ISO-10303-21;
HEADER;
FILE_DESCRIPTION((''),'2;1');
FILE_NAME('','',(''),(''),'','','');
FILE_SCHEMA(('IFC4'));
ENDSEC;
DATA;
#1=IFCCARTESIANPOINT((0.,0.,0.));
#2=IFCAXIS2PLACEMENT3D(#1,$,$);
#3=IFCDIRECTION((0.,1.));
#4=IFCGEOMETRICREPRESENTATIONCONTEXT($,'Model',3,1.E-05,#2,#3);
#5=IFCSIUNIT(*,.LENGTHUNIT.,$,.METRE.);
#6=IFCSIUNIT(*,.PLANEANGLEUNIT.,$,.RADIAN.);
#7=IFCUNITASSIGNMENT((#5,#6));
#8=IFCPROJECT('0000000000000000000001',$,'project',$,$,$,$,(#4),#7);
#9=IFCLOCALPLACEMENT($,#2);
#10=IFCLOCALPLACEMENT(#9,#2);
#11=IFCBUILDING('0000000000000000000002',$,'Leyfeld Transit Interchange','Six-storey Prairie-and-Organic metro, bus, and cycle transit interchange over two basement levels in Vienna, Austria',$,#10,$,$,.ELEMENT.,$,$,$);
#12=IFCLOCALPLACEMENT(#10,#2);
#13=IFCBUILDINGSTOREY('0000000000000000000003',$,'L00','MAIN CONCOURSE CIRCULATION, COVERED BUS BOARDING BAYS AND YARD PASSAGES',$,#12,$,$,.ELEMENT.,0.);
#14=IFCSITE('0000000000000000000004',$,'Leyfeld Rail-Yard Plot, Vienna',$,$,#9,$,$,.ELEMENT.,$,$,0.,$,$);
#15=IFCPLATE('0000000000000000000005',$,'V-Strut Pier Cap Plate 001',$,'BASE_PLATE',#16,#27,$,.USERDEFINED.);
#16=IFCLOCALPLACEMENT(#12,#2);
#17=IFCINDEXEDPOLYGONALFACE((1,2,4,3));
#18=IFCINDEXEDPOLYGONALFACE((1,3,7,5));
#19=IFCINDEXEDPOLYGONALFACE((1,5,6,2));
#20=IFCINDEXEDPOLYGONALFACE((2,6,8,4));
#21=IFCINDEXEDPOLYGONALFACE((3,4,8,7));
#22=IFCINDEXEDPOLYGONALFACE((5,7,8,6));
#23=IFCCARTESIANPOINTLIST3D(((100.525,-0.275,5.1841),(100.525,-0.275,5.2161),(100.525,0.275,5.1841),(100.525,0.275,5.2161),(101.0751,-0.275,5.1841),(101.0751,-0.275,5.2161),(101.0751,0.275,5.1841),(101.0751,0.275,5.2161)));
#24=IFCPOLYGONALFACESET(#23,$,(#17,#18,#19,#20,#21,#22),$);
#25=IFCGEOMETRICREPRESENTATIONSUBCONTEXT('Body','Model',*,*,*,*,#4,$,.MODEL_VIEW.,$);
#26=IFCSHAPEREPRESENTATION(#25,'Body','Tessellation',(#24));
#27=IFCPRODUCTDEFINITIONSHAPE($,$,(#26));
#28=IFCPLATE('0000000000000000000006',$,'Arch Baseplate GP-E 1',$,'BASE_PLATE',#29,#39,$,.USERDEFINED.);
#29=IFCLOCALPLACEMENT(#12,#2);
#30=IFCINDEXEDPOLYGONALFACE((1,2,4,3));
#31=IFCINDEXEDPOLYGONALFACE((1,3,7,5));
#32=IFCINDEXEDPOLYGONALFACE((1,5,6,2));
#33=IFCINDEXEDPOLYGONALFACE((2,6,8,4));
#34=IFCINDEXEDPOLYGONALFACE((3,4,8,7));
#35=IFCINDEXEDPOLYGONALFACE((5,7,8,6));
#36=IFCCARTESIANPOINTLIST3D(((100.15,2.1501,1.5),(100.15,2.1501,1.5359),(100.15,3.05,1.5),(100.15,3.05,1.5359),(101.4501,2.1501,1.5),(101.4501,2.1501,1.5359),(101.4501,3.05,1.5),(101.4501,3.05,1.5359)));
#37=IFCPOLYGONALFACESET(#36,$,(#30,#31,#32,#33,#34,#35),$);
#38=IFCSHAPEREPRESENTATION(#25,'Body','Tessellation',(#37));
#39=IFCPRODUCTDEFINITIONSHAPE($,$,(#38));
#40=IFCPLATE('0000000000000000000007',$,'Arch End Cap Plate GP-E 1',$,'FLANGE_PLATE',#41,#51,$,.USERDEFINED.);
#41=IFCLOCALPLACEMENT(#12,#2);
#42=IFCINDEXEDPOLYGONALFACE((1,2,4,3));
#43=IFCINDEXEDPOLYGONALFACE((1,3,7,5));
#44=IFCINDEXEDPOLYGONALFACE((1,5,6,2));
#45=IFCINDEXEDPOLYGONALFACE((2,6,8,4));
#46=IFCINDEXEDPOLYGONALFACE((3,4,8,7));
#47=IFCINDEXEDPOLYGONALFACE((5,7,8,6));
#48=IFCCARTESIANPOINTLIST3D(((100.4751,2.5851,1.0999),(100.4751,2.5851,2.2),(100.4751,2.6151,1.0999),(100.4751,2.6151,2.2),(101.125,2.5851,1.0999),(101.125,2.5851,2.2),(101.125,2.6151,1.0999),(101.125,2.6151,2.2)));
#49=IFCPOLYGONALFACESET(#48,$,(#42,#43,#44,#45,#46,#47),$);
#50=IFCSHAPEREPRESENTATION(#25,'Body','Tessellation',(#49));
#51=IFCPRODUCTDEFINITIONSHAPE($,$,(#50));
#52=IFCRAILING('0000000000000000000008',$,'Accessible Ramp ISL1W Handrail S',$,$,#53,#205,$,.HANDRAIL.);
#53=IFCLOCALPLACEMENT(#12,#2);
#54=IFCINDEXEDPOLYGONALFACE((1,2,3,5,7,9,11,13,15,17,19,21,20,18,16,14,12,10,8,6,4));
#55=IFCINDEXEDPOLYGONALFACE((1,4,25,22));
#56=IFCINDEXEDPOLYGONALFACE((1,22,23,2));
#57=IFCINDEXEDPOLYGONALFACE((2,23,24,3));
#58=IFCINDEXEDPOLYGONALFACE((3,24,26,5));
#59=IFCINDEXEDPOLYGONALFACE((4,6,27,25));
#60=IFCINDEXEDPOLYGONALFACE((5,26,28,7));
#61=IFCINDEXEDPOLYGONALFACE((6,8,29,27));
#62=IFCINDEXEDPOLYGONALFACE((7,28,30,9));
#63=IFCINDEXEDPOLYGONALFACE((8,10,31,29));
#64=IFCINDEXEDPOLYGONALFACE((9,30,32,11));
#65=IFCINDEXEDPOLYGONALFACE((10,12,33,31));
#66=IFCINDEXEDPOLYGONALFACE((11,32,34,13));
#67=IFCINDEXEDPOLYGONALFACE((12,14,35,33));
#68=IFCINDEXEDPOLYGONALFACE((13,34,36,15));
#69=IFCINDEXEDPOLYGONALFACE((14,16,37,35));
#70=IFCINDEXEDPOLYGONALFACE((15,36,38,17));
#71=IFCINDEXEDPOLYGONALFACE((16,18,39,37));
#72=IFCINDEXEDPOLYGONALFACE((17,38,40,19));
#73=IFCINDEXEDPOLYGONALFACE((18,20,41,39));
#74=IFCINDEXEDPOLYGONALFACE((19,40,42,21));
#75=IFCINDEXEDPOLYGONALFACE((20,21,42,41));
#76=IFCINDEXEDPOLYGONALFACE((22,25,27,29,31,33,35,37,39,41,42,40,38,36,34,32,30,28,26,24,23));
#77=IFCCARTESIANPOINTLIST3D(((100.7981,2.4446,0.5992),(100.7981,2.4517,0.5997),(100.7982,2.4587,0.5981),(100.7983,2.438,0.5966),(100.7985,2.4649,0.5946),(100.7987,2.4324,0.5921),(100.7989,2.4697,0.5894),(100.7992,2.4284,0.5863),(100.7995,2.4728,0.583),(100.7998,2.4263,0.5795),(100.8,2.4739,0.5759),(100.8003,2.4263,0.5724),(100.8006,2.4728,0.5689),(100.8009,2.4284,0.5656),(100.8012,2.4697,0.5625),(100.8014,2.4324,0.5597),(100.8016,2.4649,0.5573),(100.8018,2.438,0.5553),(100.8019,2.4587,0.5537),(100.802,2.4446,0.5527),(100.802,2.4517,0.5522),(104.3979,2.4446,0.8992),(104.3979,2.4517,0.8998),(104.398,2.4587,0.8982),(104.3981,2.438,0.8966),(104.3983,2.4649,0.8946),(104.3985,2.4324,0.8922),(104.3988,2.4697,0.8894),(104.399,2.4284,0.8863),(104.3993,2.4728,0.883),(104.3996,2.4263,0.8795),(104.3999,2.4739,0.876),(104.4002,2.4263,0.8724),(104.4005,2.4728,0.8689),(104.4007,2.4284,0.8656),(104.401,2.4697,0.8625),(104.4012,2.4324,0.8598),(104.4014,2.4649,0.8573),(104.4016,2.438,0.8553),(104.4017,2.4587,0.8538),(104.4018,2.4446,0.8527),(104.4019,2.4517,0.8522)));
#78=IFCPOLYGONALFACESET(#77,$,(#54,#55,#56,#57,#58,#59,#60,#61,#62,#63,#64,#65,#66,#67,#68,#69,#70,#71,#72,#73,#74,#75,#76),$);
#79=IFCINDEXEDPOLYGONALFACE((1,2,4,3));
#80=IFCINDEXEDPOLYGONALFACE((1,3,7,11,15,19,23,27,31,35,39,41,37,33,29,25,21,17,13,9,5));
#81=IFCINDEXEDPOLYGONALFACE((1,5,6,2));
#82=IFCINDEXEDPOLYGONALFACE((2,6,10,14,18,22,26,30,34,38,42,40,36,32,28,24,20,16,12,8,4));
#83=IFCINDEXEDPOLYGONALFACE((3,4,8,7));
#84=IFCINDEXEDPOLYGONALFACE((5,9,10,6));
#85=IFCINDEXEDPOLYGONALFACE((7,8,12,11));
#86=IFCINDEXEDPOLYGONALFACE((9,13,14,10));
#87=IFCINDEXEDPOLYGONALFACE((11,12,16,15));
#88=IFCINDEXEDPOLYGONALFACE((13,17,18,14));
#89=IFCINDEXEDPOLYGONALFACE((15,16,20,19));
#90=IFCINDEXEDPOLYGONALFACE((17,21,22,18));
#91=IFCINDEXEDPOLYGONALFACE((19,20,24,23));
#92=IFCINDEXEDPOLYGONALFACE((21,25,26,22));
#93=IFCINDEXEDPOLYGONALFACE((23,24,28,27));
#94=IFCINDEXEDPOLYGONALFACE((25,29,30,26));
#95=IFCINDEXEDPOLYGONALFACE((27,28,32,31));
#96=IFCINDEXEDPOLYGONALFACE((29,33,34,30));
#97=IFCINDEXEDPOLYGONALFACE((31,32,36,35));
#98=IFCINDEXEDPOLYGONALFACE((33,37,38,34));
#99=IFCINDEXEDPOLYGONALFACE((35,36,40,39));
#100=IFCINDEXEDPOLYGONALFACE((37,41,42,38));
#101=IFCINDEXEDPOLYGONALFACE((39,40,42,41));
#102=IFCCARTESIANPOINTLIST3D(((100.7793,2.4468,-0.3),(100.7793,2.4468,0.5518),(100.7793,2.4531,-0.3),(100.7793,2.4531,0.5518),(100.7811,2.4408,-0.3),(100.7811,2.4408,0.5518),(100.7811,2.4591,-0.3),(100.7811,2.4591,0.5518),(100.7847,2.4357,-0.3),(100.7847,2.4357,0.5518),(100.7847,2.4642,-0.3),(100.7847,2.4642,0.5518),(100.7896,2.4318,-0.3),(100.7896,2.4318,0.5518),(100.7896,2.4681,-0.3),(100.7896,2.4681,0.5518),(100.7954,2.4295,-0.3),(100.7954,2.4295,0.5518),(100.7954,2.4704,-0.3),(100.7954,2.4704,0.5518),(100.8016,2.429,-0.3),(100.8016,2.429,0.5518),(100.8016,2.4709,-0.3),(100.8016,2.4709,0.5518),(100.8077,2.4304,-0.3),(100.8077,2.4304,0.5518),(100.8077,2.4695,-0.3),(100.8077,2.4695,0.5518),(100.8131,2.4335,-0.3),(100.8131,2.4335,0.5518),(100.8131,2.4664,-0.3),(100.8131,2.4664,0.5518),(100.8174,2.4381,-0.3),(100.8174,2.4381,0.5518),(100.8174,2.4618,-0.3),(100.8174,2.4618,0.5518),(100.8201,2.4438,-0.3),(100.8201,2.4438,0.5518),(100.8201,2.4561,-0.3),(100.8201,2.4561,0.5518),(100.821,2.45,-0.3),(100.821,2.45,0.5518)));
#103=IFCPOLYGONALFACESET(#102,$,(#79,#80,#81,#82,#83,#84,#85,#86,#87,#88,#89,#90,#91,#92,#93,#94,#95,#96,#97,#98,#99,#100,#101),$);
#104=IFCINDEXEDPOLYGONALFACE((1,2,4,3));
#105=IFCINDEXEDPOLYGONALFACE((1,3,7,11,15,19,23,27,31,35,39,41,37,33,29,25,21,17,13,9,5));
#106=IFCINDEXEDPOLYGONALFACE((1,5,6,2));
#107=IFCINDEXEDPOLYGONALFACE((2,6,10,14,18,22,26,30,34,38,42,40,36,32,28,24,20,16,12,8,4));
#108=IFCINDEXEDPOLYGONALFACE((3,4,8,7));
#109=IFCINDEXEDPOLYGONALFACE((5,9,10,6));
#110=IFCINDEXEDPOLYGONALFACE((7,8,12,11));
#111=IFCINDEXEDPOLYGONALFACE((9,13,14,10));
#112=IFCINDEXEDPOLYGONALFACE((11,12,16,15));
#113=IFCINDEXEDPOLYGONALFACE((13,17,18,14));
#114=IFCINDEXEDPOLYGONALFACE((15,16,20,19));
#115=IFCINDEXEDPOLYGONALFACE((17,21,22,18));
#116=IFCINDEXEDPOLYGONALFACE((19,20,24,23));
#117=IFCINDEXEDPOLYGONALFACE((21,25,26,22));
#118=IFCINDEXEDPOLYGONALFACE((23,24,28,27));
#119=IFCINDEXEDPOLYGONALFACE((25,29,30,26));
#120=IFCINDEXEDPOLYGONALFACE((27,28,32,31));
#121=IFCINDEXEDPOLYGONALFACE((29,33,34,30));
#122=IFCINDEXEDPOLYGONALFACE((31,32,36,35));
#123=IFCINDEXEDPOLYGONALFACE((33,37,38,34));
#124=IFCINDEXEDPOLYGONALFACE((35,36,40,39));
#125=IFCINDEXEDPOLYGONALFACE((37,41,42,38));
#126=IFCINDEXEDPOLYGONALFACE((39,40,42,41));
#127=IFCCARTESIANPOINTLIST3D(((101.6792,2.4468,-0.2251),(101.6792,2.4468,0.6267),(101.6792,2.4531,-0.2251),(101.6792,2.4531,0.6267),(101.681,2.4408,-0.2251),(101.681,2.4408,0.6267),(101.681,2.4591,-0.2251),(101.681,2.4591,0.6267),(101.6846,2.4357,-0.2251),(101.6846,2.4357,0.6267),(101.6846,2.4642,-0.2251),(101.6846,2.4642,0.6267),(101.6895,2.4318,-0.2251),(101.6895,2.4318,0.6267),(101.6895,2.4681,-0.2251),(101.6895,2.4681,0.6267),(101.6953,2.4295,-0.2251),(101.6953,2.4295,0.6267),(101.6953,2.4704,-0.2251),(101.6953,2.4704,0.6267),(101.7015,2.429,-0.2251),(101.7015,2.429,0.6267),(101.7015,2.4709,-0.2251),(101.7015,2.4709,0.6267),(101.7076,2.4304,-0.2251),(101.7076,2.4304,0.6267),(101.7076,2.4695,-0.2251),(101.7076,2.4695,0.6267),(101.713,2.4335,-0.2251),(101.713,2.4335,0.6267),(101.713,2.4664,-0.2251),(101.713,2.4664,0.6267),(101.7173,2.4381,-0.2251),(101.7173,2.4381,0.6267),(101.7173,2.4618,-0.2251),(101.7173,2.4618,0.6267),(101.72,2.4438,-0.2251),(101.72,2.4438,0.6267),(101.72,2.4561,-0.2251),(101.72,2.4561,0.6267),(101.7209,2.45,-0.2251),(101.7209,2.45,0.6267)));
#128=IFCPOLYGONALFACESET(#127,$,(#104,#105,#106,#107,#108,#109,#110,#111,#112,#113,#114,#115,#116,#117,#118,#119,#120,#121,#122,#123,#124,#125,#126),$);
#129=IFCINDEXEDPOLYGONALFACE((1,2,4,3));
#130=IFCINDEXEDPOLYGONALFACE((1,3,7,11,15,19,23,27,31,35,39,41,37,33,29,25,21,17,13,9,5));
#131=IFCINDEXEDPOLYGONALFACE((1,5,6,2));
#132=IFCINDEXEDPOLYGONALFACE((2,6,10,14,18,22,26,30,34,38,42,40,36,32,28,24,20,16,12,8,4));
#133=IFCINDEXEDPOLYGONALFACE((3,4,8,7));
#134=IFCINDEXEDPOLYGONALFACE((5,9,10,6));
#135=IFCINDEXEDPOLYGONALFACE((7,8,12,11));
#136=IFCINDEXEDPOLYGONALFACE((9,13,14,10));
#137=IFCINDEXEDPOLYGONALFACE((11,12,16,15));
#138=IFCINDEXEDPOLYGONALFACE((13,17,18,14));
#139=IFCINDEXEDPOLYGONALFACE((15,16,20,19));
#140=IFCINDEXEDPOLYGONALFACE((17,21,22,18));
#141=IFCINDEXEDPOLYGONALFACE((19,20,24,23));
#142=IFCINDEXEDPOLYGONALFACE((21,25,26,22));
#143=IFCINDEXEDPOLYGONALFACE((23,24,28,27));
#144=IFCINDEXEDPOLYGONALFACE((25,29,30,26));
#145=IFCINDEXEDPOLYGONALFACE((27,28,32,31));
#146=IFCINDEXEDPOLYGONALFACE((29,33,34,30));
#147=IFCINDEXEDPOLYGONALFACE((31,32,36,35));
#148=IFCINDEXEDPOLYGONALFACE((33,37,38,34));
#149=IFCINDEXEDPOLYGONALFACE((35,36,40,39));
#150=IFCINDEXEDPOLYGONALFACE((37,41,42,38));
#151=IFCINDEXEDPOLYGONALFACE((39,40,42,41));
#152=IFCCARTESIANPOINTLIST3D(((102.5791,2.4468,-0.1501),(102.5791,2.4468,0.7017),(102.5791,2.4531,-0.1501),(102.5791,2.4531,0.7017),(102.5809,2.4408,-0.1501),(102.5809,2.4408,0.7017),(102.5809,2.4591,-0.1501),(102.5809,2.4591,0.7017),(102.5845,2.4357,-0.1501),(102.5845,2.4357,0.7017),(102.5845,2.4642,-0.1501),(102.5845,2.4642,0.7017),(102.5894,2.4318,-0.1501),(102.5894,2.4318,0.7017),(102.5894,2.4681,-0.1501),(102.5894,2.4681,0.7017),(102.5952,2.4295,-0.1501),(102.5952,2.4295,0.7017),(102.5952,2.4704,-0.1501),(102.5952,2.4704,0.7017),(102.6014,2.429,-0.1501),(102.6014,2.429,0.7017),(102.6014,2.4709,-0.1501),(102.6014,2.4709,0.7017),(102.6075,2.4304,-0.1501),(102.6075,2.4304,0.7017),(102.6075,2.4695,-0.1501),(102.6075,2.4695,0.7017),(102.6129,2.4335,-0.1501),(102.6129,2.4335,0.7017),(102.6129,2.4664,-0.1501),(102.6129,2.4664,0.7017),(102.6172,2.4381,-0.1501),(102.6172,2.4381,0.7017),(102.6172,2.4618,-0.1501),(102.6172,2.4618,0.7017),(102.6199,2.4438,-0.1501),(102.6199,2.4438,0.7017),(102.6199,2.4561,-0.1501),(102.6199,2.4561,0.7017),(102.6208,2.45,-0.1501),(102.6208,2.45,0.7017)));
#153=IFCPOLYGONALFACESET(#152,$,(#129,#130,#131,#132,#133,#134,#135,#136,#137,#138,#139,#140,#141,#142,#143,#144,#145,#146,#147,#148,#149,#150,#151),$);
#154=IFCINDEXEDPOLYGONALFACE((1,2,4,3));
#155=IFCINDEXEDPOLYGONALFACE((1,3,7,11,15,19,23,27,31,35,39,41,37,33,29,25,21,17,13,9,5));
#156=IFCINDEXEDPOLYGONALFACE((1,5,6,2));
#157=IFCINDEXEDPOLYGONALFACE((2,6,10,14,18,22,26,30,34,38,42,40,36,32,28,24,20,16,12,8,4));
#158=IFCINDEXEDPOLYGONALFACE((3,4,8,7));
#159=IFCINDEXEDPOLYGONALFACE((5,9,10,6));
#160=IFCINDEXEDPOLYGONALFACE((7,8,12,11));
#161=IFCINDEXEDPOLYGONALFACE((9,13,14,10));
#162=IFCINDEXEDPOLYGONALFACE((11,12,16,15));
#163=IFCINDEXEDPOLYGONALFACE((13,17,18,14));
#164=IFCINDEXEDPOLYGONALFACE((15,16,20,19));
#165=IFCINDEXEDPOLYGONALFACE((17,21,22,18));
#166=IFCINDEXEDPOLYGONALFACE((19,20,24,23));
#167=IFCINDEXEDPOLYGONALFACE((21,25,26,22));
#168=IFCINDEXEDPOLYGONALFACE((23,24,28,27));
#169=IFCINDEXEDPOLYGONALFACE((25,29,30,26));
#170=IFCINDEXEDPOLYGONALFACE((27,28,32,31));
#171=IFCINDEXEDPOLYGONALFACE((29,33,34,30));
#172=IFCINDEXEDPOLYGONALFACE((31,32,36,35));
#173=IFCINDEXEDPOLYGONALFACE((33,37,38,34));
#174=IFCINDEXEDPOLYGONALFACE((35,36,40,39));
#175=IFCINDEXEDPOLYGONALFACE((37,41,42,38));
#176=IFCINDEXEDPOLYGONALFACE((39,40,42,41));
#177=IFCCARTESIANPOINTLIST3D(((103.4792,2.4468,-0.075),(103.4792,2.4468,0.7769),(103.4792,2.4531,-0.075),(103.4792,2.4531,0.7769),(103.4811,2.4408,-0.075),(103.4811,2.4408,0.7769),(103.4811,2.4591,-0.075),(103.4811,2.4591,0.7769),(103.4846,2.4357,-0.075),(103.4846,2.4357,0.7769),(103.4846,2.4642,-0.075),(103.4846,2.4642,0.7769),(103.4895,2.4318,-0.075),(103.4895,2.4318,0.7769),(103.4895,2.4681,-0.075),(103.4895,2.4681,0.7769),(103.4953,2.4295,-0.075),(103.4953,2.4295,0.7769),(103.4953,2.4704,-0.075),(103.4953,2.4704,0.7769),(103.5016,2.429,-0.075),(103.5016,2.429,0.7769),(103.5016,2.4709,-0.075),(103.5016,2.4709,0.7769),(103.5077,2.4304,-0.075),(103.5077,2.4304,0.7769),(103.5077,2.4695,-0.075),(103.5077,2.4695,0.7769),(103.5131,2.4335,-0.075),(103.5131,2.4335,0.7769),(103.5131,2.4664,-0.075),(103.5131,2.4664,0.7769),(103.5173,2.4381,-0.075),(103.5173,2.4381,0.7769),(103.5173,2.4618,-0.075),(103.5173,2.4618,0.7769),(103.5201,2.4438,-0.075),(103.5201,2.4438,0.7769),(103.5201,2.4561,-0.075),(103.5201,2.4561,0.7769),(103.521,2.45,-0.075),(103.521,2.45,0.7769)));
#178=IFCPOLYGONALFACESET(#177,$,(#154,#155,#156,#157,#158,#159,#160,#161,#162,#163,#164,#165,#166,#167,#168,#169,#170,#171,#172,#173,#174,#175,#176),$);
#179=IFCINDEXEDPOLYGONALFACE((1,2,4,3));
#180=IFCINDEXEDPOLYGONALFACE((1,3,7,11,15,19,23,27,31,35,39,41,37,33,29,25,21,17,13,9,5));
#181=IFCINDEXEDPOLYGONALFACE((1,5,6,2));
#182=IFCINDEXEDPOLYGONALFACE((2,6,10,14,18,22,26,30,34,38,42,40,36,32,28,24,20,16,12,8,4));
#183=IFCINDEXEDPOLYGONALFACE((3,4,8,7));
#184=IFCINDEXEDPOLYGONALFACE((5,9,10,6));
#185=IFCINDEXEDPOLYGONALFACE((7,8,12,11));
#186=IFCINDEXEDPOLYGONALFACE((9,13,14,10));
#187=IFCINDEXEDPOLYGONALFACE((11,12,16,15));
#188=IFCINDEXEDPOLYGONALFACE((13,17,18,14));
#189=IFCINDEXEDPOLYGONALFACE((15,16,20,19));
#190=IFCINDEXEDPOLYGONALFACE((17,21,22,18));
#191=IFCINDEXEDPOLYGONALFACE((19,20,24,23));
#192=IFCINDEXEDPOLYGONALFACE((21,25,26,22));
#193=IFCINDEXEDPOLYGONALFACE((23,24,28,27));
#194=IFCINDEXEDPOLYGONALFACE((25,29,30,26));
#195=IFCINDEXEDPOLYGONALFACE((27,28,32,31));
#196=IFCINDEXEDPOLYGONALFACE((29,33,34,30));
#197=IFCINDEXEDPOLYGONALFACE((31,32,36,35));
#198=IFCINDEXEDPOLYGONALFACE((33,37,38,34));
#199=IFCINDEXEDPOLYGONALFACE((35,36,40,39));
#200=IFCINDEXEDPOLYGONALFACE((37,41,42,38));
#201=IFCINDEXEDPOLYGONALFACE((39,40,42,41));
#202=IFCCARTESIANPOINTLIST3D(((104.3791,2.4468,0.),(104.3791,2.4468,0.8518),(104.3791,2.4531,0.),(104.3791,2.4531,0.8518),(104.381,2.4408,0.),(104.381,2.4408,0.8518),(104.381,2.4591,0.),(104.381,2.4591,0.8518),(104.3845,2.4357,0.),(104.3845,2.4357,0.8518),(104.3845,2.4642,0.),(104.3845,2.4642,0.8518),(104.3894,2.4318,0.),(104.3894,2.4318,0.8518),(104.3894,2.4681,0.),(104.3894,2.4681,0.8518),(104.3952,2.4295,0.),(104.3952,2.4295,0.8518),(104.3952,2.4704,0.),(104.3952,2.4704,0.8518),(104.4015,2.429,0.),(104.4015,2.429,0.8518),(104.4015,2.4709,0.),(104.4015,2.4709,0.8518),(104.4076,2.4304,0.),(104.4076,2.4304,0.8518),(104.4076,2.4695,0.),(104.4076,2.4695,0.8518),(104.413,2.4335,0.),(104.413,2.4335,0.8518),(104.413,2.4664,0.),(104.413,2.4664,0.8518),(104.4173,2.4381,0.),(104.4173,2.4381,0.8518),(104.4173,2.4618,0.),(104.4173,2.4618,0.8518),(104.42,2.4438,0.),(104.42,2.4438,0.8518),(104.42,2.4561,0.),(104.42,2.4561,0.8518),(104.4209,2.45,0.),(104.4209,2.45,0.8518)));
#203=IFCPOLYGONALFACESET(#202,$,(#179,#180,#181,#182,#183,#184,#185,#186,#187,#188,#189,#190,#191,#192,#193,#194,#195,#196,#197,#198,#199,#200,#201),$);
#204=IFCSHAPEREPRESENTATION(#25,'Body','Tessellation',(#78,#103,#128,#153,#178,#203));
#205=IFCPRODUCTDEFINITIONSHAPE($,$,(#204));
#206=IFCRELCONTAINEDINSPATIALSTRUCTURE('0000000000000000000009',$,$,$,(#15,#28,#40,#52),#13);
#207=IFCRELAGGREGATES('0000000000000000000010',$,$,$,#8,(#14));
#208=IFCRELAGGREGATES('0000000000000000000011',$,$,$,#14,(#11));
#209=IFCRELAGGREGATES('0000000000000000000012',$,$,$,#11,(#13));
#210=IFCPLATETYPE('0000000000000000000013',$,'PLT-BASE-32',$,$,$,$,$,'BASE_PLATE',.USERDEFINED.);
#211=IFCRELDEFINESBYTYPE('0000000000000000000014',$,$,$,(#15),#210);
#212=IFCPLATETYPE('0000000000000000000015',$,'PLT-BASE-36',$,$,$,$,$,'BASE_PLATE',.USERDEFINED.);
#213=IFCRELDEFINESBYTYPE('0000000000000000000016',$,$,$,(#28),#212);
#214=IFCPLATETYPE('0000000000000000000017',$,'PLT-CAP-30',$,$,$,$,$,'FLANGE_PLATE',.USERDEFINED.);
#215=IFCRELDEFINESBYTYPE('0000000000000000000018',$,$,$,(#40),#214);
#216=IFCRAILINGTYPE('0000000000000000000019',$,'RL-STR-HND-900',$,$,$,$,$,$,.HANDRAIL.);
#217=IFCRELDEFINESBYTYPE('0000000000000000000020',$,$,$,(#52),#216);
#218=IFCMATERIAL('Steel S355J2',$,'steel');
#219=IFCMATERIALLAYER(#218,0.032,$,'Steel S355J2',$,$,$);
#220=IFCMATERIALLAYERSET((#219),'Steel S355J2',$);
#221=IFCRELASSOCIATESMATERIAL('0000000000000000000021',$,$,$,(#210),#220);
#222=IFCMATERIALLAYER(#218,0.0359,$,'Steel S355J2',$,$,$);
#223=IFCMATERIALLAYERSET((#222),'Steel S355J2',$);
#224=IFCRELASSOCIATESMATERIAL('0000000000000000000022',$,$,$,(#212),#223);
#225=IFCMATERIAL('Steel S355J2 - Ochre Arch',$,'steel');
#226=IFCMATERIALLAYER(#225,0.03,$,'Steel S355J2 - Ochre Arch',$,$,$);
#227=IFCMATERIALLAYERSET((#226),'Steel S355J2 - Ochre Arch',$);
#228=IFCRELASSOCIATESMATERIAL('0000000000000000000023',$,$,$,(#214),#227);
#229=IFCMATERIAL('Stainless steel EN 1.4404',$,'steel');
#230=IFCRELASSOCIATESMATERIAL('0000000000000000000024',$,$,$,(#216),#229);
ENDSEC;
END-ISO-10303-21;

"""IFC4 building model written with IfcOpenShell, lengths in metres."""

from ifc_helpers import new_model, si_unit, direction, frame, origin, origin_2d, place, context, subcontext, project, spatial, rectangle, circle, extrude, material, layer, layer_set, type_object, element, save


model = new_model("IFC4")

# Units and contexts
model_context = context("Model", 3, precision=1e-05, world=origin(), true_north=direction((0.0, 1.0)))
body_context = subcontext(model_context, "Body", "Model", "MODEL_VIEW")
ifc_project = project(units=[si_unit("LENGTHUNIT", "METRE"), si_unit("PLANEANGLEUNIT", "RADIAN")], contexts=[model_context])

# Site, building, storey
site_placement = place(None, origin())
site = spatial("IfcSite", under=ifc_project, at=site_placement, Name="Leyfeld Rail-Yard Plot, Vienna", CompositionType="ELEMENT", RefElevation=0.0)
building_placement = place(site_placement, origin())
building = spatial("IfcBuilding", under=site, at=building_placement, Name="Leyfeld Transit Interchange", Description="Six-storey Prairie-and-Organic metro, bus, and cycle transit interchange over two basement levels in Vienna, Austria", CompositionType="ELEMENT")
storey_placement = place(building_placement, origin())
storey = spatial("IfcBuildingStorey", under=building, at=storey_placement, Name="L00", Description="MAIN CONCOURSE CIRCULATION, COVERED BUS BOARDING BAYS AND YARD PASSAGES", CompositionType="ELEMENT", Elevation=0.0)

# Shared definitions
ifc_material_1 = material(Name="Steel S355J2", Category="steel")

# Plates
ifc_layer_1 = layer(ifc_material_1, 0.032, Name="Steel S355J2")
ifc_layer_set_1 = layer_set([ifc_layer_1], Name="Steel S355J2")
plate_type_1 = type_object("IfcPlateType", Name="PLT-BASE-32", ElementType="BASE_PLATE", PredefinedType="USERDEFINED", material=ifc_layer_set_1)
plate_1_placement = place(storey_placement, frame((100.8, 0.0, 5.1841), z_axis=(0.0, 0.0, 1.0), x_axis=(1.0, 0.0, 0.0)))
element("IfcPlate", 1, at=plate_1_placement, inside=storey, type_object=plate_type_1, Name="V-Strut Pier Cap Plate 001", ObjectType="BASE_PLATE", PredefinedType="USERDEFINED", context=body_context, shape_type="SweptSolid", body=[
    extrude(rectangle(XDim=0.55, YDim=0.55, at=origin_2d()), origin(), (0.0, 0.0, 1.0), 0.032),
])
ifc_layer_2 = layer(ifc_material_1, 0.0359, Name="Steel S355J2")
ifc_layer_set_2 = layer_set([ifc_layer_2], Name="Steel S355J2")
plate_type_2 = type_object("IfcPlateType", Name="PLT-BASE-36", ElementType="BASE_PLATE", PredefinedType="USERDEFINED", material=ifc_layer_set_2)
plate_2_placement = place(storey_placement, frame((100.8, 2.6001, 1.5), z_axis=(0.0, 0.0, 1.0), x_axis=(1.0, 0.0, 0.0)))
element("IfcPlate", 2, at=plate_2_placement, inside=storey, type_object=plate_type_2, Name="Arch Baseplate GP-E 1", ObjectType="BASE_PLATE", PredefinedType="USERDEFINED", context=body_context, shape_type="SweptSolid", body=[
    extrude(rectangle(XDim=1.3, YDim=0.8999, at=origin_2d()), origin(), (0.0, 0.0, 1.0), 0.0359),
])
ifc_material_2 = material(Name="Steel S355J2 - Ochre Arch", Category="steel")
ifc_layer_3 = layer(ifc_material_2, 0.03, Name="Steel S355J2 - Ochre Arch")
ifc_layer_set_3 = layer_set([ifc_layer_3], Name="Steel S355J2 - Ochre Arch")
plate_type_3 = type_object("IfcPlateType", Name="PLT-CAP-30", ElementType="FLANGE_PLATE", PredefinedType="USERDEFINED", material=ifc_layer_set_3)
plate_3_placement = place(storey_placement, frame((100.8, 2.6001, 1.0999), z_axis=(0.0, 0.0, 1.0), x_axis=(1.0, 0.0, 0.0)))
element("IfcPlate", 3, at=plate_3_placement, inside=storey, type_object=plate_type_3, Name="Arch End Cap Plate GP-E 1", ObjectType="FLANGE_PLATE", PredefinedType="USERDEFINED", context=body_context, shape_type="SweptSolid", body=[
    extrude(rectangle(XDim=0.6499, YDim=0.03, at=origin_2d()), origin(), (0.0, 0.0, 1.0), 1.1001),
])

# Railing
ifc_material_3 = material(Name="Stainless steel EN 1.4404", Category="steel")
railing_type = type_object("IfcRailingType", Name="RL-STR-HND-900", PredefinedType="HANDRAIL", material=ifc_material_3)
railing_placement = place(storey_placement, frame((100.8, 2.45, -0.3)))
element("IfcRailing", 4, at=railing_placement, inside=storey, type_object=railing_type, Name="Accessible Ramp ISL1W Handrail S", PredefinedType="HANDRAIL", context=body_context, shape_type="SweptSolid", body=[
    extrude(circle(Radius=0.0239, at=origin_2d()), frame((0.0, 0.0, 0.876), z_axis=(0.996544, 0.0, 0.083062), x_axis=(0.0, 1.0, 0.0)), (0.0, 0.0, 1.0), 3.6123),
    extrude(circle(Radius=0.021, at=origin_2d()), origin(), (0.0, 0.0, 1.0), 0.8518),
    extrude(circle(Radius=0.021, at=origin_2d()), frame((0.8999, 0.0, 0.075)), (0.0, 0.0, 1.0), 0.8518),
    extrude(circle(Radius=0.021, at=origin_2d()), frame((1.7998, 0.0, 0.1499)), (0.0, 0.0, 1.0), 0.8518),
    extrude(circle(Radius=0.021, at=origin_2d()), frame((2.7, 0.0, 0.2251)), (0.0, 0.0, 1.0), 0.8518),
    extrude(circle(Radius=0.021, at=origin_2d()), frame((3.5999, 0.0, 0.3)), (0.0, 0.0, 1.0), 0.8518),
])

save(model, "model.ifc")
